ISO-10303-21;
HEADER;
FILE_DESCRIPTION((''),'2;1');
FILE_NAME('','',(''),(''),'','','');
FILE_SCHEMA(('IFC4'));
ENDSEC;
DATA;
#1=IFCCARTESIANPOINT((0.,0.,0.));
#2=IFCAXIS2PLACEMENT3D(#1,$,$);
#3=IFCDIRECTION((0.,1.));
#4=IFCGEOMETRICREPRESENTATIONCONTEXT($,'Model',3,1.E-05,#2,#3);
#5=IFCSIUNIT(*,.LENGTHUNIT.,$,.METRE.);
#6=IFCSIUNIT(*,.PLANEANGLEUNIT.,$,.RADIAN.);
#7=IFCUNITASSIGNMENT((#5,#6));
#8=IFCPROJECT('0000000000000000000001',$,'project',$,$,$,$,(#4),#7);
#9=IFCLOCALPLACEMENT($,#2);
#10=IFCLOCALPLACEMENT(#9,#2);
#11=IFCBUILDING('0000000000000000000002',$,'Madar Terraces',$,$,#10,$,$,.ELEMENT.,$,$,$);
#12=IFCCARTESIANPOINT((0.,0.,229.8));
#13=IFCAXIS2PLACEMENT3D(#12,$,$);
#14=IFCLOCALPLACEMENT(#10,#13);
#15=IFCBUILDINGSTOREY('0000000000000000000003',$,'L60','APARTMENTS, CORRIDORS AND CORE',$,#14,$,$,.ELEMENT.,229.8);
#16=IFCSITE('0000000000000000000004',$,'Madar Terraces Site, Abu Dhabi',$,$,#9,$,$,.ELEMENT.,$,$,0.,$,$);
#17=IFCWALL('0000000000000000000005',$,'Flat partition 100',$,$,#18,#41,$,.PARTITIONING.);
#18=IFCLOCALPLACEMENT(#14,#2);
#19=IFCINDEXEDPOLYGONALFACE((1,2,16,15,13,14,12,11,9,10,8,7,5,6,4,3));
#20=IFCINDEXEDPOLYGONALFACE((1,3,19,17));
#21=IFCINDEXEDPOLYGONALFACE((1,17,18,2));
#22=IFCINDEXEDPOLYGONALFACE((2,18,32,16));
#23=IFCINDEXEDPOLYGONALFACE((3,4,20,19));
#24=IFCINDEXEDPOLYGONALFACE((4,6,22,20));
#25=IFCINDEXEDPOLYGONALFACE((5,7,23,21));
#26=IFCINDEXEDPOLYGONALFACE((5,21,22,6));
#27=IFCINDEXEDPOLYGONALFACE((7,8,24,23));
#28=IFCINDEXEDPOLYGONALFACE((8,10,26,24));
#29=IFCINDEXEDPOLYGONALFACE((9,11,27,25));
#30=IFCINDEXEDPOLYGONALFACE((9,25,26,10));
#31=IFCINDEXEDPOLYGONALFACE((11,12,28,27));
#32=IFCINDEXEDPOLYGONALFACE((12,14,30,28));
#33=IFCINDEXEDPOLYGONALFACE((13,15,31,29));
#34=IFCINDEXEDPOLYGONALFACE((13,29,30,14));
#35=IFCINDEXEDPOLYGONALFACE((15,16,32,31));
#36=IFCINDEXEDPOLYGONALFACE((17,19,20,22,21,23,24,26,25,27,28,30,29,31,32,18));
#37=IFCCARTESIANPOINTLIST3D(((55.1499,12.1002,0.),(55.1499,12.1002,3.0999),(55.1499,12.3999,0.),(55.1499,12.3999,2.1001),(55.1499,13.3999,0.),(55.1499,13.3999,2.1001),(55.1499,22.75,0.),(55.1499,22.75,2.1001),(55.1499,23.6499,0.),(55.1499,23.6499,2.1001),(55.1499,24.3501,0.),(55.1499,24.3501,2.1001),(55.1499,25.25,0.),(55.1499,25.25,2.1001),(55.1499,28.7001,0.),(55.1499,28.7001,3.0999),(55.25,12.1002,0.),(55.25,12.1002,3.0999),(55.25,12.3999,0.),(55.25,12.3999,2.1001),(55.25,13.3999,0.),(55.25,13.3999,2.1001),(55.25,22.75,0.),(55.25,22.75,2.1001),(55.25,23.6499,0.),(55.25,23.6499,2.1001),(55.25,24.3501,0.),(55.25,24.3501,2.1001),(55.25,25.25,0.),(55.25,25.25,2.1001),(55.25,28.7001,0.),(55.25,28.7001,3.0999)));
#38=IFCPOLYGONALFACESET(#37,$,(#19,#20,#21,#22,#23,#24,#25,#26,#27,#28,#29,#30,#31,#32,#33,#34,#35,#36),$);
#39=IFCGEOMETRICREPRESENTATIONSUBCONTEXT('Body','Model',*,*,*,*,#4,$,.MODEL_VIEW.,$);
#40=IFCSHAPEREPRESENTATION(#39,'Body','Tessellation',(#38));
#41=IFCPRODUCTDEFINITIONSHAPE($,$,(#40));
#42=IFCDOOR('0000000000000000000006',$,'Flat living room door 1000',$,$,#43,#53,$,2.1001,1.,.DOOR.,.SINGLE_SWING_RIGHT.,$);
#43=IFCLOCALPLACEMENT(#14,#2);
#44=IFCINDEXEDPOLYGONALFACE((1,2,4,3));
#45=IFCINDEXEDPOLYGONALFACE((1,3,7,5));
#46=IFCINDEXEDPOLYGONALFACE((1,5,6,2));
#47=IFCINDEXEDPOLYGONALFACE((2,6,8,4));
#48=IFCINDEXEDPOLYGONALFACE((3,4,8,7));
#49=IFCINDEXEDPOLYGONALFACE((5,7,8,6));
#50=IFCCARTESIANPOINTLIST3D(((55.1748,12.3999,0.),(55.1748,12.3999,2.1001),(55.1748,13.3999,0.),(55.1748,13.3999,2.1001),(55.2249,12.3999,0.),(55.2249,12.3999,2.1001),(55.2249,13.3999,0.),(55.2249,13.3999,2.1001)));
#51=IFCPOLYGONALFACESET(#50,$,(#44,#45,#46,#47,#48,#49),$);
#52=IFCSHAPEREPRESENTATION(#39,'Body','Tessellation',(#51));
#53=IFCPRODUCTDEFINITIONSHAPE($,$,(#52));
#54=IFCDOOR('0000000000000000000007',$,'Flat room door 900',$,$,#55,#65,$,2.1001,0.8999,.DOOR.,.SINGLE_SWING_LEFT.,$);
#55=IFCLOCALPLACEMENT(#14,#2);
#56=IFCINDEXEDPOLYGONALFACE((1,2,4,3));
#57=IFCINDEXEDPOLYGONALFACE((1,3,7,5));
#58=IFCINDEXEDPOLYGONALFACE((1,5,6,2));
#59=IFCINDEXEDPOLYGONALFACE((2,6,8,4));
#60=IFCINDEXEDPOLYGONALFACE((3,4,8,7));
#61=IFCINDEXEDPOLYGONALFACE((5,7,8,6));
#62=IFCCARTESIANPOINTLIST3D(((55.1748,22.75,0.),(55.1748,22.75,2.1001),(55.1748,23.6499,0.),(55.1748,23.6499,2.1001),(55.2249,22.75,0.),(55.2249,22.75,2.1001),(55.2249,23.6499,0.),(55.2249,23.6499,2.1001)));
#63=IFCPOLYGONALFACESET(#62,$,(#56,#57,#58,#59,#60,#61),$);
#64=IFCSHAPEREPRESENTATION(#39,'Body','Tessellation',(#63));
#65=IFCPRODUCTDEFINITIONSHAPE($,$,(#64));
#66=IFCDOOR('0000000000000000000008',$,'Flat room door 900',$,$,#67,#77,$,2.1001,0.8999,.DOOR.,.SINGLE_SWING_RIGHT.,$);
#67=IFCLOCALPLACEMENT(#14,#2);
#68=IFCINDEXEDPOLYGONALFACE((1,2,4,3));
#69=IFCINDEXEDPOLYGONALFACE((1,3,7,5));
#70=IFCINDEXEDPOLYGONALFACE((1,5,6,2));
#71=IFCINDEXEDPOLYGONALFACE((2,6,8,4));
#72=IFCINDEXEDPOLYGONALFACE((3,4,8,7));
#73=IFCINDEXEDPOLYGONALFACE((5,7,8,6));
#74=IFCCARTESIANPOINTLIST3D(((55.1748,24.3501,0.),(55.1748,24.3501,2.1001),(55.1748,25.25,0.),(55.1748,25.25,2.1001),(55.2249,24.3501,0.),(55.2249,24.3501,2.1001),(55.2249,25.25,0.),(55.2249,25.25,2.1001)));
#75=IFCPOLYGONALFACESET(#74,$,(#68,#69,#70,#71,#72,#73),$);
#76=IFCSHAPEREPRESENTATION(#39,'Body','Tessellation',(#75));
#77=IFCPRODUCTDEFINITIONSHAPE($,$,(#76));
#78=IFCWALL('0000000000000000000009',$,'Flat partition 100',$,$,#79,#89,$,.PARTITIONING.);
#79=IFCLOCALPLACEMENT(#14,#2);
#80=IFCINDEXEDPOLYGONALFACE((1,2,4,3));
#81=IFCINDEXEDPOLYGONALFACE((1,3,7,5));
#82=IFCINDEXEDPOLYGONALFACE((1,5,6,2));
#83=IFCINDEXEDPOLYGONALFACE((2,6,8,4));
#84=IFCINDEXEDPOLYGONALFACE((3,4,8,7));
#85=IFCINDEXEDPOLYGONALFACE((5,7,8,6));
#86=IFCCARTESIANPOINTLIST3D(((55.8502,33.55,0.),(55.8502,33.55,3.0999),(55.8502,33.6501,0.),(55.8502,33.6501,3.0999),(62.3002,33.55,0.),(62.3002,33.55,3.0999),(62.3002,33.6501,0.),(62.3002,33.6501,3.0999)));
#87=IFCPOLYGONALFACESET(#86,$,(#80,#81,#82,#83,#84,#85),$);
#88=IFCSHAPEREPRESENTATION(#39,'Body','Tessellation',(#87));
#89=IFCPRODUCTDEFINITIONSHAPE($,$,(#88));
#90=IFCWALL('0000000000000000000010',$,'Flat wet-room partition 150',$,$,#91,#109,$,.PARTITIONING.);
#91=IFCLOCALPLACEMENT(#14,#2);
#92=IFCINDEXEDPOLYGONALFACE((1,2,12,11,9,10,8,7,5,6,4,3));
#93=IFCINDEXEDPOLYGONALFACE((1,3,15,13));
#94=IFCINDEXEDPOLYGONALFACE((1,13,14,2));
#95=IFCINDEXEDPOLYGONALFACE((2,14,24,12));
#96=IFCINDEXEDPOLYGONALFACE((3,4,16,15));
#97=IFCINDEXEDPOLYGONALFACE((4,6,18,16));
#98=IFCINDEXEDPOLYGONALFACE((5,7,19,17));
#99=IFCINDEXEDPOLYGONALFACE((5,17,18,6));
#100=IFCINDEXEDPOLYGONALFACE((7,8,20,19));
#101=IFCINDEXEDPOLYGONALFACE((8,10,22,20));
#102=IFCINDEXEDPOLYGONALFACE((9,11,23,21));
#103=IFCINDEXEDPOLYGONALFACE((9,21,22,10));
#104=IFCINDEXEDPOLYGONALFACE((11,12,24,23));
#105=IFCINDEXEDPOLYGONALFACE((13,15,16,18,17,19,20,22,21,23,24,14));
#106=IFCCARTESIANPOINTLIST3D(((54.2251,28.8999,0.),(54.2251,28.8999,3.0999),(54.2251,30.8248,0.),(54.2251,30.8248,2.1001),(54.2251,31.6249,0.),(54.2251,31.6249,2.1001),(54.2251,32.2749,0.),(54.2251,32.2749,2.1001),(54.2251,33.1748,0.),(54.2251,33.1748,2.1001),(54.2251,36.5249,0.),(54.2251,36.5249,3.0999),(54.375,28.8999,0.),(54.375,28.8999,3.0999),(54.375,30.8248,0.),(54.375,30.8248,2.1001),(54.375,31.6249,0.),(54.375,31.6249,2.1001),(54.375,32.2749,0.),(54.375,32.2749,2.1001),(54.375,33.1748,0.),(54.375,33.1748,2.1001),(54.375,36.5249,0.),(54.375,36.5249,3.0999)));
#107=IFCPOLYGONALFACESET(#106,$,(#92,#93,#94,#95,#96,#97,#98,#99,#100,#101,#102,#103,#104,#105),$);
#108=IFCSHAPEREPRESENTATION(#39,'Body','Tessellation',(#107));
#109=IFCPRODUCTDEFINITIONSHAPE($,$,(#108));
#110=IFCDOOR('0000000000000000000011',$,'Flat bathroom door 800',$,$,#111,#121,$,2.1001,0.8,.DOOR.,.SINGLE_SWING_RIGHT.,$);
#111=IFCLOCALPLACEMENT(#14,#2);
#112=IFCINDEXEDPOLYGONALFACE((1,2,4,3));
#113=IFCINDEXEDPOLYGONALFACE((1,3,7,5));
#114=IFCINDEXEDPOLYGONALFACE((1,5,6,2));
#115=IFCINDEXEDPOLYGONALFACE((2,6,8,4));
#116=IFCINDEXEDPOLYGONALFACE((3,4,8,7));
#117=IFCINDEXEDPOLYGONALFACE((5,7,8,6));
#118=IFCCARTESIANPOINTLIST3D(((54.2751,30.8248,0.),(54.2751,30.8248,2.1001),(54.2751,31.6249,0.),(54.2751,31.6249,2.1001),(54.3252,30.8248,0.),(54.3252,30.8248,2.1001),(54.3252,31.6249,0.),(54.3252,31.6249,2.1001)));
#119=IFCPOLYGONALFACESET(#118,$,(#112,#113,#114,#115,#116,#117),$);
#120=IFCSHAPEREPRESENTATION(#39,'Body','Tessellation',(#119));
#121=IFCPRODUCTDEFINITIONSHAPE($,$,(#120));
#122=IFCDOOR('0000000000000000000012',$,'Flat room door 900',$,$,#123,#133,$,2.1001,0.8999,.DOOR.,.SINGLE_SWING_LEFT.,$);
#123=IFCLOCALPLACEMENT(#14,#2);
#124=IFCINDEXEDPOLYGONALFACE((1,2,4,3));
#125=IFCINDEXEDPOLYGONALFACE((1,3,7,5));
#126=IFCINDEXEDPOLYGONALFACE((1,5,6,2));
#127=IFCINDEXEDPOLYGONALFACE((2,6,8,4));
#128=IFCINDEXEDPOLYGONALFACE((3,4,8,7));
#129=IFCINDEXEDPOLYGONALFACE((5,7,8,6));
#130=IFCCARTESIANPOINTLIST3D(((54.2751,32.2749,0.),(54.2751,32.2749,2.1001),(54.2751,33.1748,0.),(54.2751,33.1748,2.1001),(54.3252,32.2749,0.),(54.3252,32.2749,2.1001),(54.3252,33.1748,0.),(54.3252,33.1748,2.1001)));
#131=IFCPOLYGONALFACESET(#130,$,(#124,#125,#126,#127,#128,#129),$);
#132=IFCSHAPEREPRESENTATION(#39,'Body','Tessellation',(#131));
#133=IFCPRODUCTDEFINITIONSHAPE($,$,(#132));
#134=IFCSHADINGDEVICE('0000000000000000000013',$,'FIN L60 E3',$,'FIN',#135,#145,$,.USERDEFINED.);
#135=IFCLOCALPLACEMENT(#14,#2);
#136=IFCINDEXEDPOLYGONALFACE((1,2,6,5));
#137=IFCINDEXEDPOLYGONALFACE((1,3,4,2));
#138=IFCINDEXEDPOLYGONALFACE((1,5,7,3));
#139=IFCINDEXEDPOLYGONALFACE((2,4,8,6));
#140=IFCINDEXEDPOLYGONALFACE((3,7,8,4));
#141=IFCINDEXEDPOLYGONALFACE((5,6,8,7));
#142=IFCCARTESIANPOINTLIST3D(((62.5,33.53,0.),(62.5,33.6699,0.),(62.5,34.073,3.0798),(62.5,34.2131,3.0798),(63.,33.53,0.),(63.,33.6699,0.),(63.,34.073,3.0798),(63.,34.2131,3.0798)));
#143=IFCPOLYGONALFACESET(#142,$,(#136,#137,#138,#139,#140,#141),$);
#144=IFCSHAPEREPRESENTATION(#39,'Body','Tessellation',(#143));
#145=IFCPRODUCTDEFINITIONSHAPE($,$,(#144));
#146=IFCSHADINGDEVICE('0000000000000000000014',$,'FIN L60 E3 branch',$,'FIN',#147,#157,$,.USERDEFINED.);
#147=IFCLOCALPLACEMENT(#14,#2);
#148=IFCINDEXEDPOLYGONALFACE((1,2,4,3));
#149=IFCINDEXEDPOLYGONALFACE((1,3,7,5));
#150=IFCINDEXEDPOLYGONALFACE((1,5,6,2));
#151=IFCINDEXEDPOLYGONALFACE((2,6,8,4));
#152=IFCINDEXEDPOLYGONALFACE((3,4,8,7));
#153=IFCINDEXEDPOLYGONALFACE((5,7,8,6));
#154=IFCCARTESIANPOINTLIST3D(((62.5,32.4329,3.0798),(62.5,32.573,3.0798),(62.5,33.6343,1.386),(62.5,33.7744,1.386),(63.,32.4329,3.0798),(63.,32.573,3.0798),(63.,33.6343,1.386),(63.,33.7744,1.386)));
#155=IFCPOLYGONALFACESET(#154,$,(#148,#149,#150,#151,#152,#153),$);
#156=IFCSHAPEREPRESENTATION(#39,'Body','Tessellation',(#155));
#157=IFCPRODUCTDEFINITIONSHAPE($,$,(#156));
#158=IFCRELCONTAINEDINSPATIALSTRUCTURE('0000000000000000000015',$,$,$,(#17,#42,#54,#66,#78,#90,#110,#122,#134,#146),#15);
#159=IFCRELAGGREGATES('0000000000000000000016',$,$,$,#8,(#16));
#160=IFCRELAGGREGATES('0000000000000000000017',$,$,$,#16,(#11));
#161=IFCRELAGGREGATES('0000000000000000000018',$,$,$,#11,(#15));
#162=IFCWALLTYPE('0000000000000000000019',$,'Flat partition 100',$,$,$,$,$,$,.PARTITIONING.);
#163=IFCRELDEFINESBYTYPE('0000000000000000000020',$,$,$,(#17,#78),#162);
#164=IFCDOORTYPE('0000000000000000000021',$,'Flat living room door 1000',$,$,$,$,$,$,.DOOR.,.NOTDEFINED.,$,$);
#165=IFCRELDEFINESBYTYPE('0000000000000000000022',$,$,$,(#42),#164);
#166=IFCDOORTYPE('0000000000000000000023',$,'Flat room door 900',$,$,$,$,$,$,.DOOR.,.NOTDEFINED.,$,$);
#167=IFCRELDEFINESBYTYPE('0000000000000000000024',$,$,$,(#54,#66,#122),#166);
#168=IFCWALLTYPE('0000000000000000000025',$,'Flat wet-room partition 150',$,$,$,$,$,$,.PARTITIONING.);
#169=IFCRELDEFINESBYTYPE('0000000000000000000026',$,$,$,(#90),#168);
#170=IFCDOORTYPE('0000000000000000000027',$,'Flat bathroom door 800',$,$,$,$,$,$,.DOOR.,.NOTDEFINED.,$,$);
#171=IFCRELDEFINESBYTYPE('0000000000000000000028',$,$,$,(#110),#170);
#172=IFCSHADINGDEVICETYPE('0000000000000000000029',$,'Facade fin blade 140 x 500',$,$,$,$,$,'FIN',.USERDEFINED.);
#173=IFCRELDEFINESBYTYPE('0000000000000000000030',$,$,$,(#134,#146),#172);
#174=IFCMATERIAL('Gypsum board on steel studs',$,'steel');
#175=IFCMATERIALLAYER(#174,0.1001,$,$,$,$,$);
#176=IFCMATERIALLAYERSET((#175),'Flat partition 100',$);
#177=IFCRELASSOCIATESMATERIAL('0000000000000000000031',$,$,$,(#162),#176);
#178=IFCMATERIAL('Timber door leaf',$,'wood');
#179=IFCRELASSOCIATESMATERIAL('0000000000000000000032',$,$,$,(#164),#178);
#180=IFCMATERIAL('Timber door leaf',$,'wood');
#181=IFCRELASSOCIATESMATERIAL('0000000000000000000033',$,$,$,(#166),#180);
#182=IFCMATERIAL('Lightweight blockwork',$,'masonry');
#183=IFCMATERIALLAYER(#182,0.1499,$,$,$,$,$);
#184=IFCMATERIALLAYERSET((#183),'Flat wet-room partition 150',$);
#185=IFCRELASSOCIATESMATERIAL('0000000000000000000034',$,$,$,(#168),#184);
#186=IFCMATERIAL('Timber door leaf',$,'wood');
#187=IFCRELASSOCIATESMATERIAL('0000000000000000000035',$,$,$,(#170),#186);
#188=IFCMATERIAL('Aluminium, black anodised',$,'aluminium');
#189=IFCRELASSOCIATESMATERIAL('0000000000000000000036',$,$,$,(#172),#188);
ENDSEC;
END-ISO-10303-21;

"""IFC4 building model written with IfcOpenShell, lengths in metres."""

from ifc_helpers import new_model, si_unit, direction, frame, frame_2d, origin, place, context, subcontext, project, spatial, polyline, rectangle, outline, extrude, material, layer, layer_set, type_object, element, fill, save


model = new_model("IFC4")

# Units and contexts
model_context = context("Model", 3, precision=1e-05, world=origin(), true_north=direction((0.0, 1.0)))
body_context = subcontext(model_context, "Body", "Model", "MODEL_VIEW")
ifc_project = project(units=[si_unit("LENGTHUNIT", "METRE"), si_unit("PLANEANGLEUNIT", "RADIAN")], contexts=[model_context])

# Site, building, storey
site_placement = place(None, origin())
site = spatial("IfcSite", under=ifc_project, at=site_placement, Name="Madar Terraces Site, Abu Dhabi", CompositionType="ELEMENT", RefElevation=0.0)
building_placement = place(site_placement, origin())
building = spatial("IfcBuilding", under=site, at=building_placement, Name="Madar Terraces", CompositionType="ELEMENT")
storey_placement = place(building_placement, frame((0.0, 0.0, 229.8)))
storey = spatial("IfcBuildingStorey", under=building, at=storey_placement, Name="L60", Description="APARTMENTS, CORRIDORS AND CORE", CompositionType="ELEMENT", Elevation=229.8)

# Wall, openings, doors
ifc_material_1 = material(Name="Gypsum board on steel studs", Category="steel")
ifc_layer_1 = layer(ifc_material_1, 0.1001)
ifc_layer_set_1 = layer_set([ifc_layer_1], Name="Flat partition 100")
wall_type_1 = type_object("IfcWallType", Name="Flat partition 100", PredefinedType="PARTITIONING", material=ifc_layer_set_1)
wall_1_placement = place(storey_placement, frame((55.2, 28.7, 0.0), z_axis=(0.0, 0.0, 1.0), x_axis=(0.0, -1.0, 0.0)))
wall_1 = element("IfcWall", 1, at=wall_1_placement, inside=storey, type_object=wall_type_1, Name="Flat partition 100", PredefinedType="PARTITIONING", context=body_context, shape_type="SweptSolid", body=[
    extrude(rectangle(XDim=16.5999, YDim=0.1001, at=frame_2d((8.2998, 0.0))), origin(), (0.0, 0.0, 1.0), 3.0999),
])
opening_1_placement = place(wall_1_placement, frame((15.3, 0.0, 0.0)))
opening_1 = element("IfcOpeningElement", 2, at=opening_1_placement, cuts=wall_1, PredefinedType="OPENING", context=body_context, shape_type="SweptSolid", body=[
    extrude(rectangle(XDim=1.0, YDim=2.1001, at=frame_2d((0.5, 1.05))), frame((0.0, 0.0601, 0.0), z_axis=(0.0, -1.0, 0.0), x_axis=(1.0, 0.0, 0.0)), (0.0, 0.0, 1.0), 0.1201),
])
opening_2_placement = place(wall_1_placement, frame((5.05, 0.0, 0.0)))
opening_2 = element("IfcOpeningElement", 3, at=opening_2_placement, cuts=wall_1, PredefinedType="OPENING", context=body_context, shape_type="SweptSolid", body=[
    extrude(rectangle(XDim=0.8999, YDim=2.1001, at=frame_2d((0.45, 1.05))), frame((0.0, 0.0601, 0.0), z_axis=(0.0, -1.0, 0.0), x_axis=(1.0, 0.0, 0.0)), (0.0, 0.0, 1.0), 0.1201),
])
opening_3_placement = place(wall_1_placement, frame((3.45, 0.0, 0.0)))
opening_3 = element("IfcOpeningElement", 4, at=opening_3_placement, cuts=wall_1, PredefinedType="OPENING", context=body_context, shape_type="SweptSolid", body=[
    extrude(rectangle(XDim=0.8999, YDim=2.1001, at=frame_2d((0.45, 1.05))), frame((0.0, 0.0601, 0.0), z_axis=(0.0, -1.0, 0.0), x_axis=(1.0, 0.0, 0.0)), (0.0, 0.0, 1.0), 0.1201),
])
ifc_material_2 = material(Name="Timber door leaf", Category="wood")
door_type_1 = type_object("IfcDoorType", Name="Flat living room door 1000", OperationType="NOTDEFINED", PredefinedType="DOOR", material=ifc_material_2)
door_1_placement = place(opening_1_placement, origin())
door_1 = element("IfcDoor", 5, at=door_1_placement, inside=storey, type_object=door_type_1, Name="Flat living room door 1000", OperationType="SINGLE_SWING_RIGHT", OverallHeight=2.1001, OverallWidth=1.0, PredefinedType="DOOR", context=body_context, shape_type="SweptSolid", body=[
    extrude(rectangle(XDim=1.0, YDim=2.1001, at=frame_2d((0.5, 1.05))), frame((0.0, 0.0249, 0.0), z_axis=(0.0, -1.0, 0.0), x_axis=(1.0, 0.0, 0.0)), (0.0, 0.0, 1.0), 0.05),
])
fill(opening_1, door_1)
ifc_material_3 = material(Name="Timber door leaf", Category="wood")
door_type_2 = type_object("IfcDoorType", Name="Flat room door 900", OperationType="NOTDEFINED", PredefinedType="DOOR", material=ifc_material_3)
door_2_placement = place(opening_2_placement, origin())
door_2 = element("IfcDoor", 6, at=door_2_placement, inside=storey, type_object=door_type_2, Name="Flat room door 900", OperationType="SINGLE_SWING_LEFT", OverallHeight=2.1001, OverallWidth=0.8999, PredefinedType="DOOR", context=body_context, shape_type="SweptSolid", body=[
    extrude(rectangle(XDim=0.8999, YDim=2.1001, at=frame_2d((0.45, 1.05))), frame((0.0, 0.0249, 0.0), z_axis=(0.0, -1.0, 0.0), x_axis=(1.0, 0.0, 0.0)), (0.0, 0.0, 1.0), 0.05),
])
fill(opening_2, door_2)
door_3_placement = place(opening_3_placement, origin())
door_3 = element("IfcDoor", 7, at=door_3_placement, inside=storey, type_object=door_type_2, Name="Flat room door 900", OperationType="SINGLE_SWING_RIGHT", OverallHeight=2.1001, OverallWidth=0.8999, PredefinedType="DOOR", context=body_context, shape_type="SweptSolid", body=[
    extrude(rectangle(XDim=0.8999, YDim=2.1001, at=frame_2d((0.45, 1.05))), frame((0.0, 0.0249, 0.0), z_axis=(0.0, -1.0, 0.0), x_axis=(1.0, 0.0, 0.0)), (0.0, 0.0, 1.0), 0.05),
])
fill(opening_3, door_3)

# Wall
wall_2_placement = place(storey_placement, frame((55.8501, 33.6001, 0.0), z_axis=(0.0, 0.0, 1.0), x_axis=(1.0, 0.0, 0.0)))
element("IfcWall", 8, at=wall_2_placement, inside=storey, type_object=wall_type_1, Name="Flat partition 100", PredefinedType="PARTITIONING", context=body_context, shape_type="SweptSolid", body=[
    extrude(rectangle(XDim=6.45, YDim=0.1001, at=frame_2d((3.2251, 0.0))), origin(), (0.0, 0.0, 1.0), 3.0999),
])

# Wall, openings, doors
ifc_material_4 = material(Name="Lightweight blockwork", Category="masonry")
ifc_layer_2 = layer(ifc_material_4, 0.1499)
ifc_layer_set_2 = layer_set([ifc_layer_2], Name="Flat wet-room partition 150")
wall_type_2 = type_object("IfcWallType", Name="Flat wet-room partition 150", PredefinedType="PARTITIONING", material=ifc_layer_set_2)
wall_3_placement = place(storey_placement, frame((54.3, 28.8999, 0.0), z_axis=(0.0, 0.0, 1.0), x_axis=(0.0, 1.0, 0.0)))
wall_3 = element("IfcWall", 9, at=wall_3_placement, inside=storey, type_object=wall_type_2, Name="Flat wet-room partition 150", PredefinedType="PARTITIONING", context=body_context, shape_type="SweptSolid", body=[
    extrude(rectangle(XDim=7.625, YDim=0.1499, at=frame_2d((3.8125, 0.0))), origin(), (0.0, 0.0, 1.0), 3.0999),
])
opening_4_placement = place(wall_3_placement, frame((3.375, 0.0, 0.0)))
opening_4 = element("IfcOpeningElement", 10, at=opening_4_placement, cuts=wall_3, PredefinedType="OPENING", context=body_context, shape_type="SweptSolid", body=[
    extrude(rectangle(XDim=0.8999, YDim=2.1001, at=frame_2d((0.45, 1.05))), frame((0.0, 0.085, 0.0), z_axis=(0.0, -1.0, 0.0), x_axis=(1.0, 0.0, 0.0)), (0.0, 0.0, 1.0), 0.1699),
])
opening_5_placement = place(wall_3_placement, frame((1.925, 0.0, 0.0)))
opening_5 = element("IfcOpeningElement", 11, at=opening_5_placement, cuts=wall_3, PredefinedType="OPENING", context=body_context, shape_type="SweptSolid", body=[
    extrude(rectangle(XDim=0.8, YDim=2.1001, at=frame_2d((0.3999, 1.05))), frame((0.0, 0.085, 0.0), z_axis=(0.0, -1.0, 0.0), x_axis=(1.0, 0.0, 0.0)), (0.0, 0.0, 1.0), 0.1699),
])
ifc_material_5 = material(Name="Timber door leaf", Category="wood")
door_type_3 = type_object("IfcDoorType", Name="Flat bathroom door 800", OperationType="NOTDEFINED", PredefinedType="DOOR", material=ifc_material_5)
door_4_placement = place(opening_5_placement, origin())
door_4 = element("IfcDoor", 12, at=door_4_placement, inside=storey, type_object=door_type_3, Name="Flat bathroom door 800", OperationType="SINGLE_SWING_RIGHT", OverallHeight=2.1001, OverallWidth=0.8, PredefinedType="DOOR", context=body_context, shape_type="SweptSolid", body=[
    extrude(rectangle(XDim=0.8, YDim=2.1001, at=frame_2d((0.3999, 1.05))), frame((0.0, 0.0249, 0.0), z_axis=(0.0, -1.0, 0.0), x_axis=(1.0, 0.0, 0.0)), (0.0, 0.0, 1.0), 0.05),
])
fill(opening_5, door_4)
door_5_placement = place(opening_4_placement, origin())
door_5 = element("IfcDoor", 13, at=door_5_placement, inside=storey, type_object=door_type_2, Name="Flat room door 900", OperationType="SINGLE_SWING_LEFT", OverallHeight=2.1001, OverallWidth=0.8999, PredefinedType="DOOR", context=body_context, shape_type="SweptSolid", body=[
    extrude(rectangle(XDim=0.8999, YDim=2.1001, at=frame_2d((0.45, 1.05))), frame((0.0, 0.0249, 0.0), z_axis=(0.0, -1.0, 0.0), x_axis=(1.0, 0.0, 0.0)), (0.0, 0.0, 1.0), 0.05),
])
fill(opening_4, door_5)

# Shading devices
ifc_material_6 = material(Name="Aluminium, black anodised", Category="aluminium")
shading_device_type = type_object("IfcShadingDeviceType", Name="Facade fin blade 140 x 500", ElementType="FIN", PredefinedType="USERDEFINED", material=ifc_material_6)
shading_device_1_placement = place(storey_placement, frame((62.75, 33.53, 0.0), z_axis=(0.0, 0.0, 1.0), x_axis=(0.0, 1.0, 0.0)))
element("IfcShadingDevice", 14, at=shading_device_1_placement, inside=storey, type_object=shading_device_type, Name="FIN L60 E3", ObjectType="FIN", PredefinedType="USERDEFINED", context=body_context, shape_type="SweptSolid", body=[
    extrude(outline(polyline([(0.0, 0.0), (0.1399, 0.0), (0.6831, 3.0798), (0.543, 3.0798), (0.0, 0.0)])), frame((0.0, 0.25, 0.0), z_axis=(0.0, -1.0, 0.0), x_axis=(1.0, 0.0, 0.0)), (0.0, 0.0, 1.0), 0.5),
])
shading_device_2_placement = place(storey_placement, frame((62.75, 33.6343, 1.386), z_axis=(0.0, 0.0, 1.0), x_axis=(0.0, 1.0, 0.0)))
element("IfcShadingDevice", 15, at=shading_device_2_placement, inside=storey, type_object=shading_device_type, Name="FIN L60 E3 branch", ObjectType="FIN", PredefinedType="USERDEFINED", context=body_context, shape_type="SweptSolid", body=[
    extrude(outline(polyline([(0.0, 0.0), (0.1401, 0.0), (-1.0613, 1.6938), (-1.2014, 1.6938), (0.0, 0.0)])), frame((0.0, 0.25, 0.0), z_axis=(0.0, -1.0, 0.0), x_axis=(1.0, 0.0, 0.0)), (0.0, 0.0, 1.0), 0.5),
])

save(model, "model.ifc")
